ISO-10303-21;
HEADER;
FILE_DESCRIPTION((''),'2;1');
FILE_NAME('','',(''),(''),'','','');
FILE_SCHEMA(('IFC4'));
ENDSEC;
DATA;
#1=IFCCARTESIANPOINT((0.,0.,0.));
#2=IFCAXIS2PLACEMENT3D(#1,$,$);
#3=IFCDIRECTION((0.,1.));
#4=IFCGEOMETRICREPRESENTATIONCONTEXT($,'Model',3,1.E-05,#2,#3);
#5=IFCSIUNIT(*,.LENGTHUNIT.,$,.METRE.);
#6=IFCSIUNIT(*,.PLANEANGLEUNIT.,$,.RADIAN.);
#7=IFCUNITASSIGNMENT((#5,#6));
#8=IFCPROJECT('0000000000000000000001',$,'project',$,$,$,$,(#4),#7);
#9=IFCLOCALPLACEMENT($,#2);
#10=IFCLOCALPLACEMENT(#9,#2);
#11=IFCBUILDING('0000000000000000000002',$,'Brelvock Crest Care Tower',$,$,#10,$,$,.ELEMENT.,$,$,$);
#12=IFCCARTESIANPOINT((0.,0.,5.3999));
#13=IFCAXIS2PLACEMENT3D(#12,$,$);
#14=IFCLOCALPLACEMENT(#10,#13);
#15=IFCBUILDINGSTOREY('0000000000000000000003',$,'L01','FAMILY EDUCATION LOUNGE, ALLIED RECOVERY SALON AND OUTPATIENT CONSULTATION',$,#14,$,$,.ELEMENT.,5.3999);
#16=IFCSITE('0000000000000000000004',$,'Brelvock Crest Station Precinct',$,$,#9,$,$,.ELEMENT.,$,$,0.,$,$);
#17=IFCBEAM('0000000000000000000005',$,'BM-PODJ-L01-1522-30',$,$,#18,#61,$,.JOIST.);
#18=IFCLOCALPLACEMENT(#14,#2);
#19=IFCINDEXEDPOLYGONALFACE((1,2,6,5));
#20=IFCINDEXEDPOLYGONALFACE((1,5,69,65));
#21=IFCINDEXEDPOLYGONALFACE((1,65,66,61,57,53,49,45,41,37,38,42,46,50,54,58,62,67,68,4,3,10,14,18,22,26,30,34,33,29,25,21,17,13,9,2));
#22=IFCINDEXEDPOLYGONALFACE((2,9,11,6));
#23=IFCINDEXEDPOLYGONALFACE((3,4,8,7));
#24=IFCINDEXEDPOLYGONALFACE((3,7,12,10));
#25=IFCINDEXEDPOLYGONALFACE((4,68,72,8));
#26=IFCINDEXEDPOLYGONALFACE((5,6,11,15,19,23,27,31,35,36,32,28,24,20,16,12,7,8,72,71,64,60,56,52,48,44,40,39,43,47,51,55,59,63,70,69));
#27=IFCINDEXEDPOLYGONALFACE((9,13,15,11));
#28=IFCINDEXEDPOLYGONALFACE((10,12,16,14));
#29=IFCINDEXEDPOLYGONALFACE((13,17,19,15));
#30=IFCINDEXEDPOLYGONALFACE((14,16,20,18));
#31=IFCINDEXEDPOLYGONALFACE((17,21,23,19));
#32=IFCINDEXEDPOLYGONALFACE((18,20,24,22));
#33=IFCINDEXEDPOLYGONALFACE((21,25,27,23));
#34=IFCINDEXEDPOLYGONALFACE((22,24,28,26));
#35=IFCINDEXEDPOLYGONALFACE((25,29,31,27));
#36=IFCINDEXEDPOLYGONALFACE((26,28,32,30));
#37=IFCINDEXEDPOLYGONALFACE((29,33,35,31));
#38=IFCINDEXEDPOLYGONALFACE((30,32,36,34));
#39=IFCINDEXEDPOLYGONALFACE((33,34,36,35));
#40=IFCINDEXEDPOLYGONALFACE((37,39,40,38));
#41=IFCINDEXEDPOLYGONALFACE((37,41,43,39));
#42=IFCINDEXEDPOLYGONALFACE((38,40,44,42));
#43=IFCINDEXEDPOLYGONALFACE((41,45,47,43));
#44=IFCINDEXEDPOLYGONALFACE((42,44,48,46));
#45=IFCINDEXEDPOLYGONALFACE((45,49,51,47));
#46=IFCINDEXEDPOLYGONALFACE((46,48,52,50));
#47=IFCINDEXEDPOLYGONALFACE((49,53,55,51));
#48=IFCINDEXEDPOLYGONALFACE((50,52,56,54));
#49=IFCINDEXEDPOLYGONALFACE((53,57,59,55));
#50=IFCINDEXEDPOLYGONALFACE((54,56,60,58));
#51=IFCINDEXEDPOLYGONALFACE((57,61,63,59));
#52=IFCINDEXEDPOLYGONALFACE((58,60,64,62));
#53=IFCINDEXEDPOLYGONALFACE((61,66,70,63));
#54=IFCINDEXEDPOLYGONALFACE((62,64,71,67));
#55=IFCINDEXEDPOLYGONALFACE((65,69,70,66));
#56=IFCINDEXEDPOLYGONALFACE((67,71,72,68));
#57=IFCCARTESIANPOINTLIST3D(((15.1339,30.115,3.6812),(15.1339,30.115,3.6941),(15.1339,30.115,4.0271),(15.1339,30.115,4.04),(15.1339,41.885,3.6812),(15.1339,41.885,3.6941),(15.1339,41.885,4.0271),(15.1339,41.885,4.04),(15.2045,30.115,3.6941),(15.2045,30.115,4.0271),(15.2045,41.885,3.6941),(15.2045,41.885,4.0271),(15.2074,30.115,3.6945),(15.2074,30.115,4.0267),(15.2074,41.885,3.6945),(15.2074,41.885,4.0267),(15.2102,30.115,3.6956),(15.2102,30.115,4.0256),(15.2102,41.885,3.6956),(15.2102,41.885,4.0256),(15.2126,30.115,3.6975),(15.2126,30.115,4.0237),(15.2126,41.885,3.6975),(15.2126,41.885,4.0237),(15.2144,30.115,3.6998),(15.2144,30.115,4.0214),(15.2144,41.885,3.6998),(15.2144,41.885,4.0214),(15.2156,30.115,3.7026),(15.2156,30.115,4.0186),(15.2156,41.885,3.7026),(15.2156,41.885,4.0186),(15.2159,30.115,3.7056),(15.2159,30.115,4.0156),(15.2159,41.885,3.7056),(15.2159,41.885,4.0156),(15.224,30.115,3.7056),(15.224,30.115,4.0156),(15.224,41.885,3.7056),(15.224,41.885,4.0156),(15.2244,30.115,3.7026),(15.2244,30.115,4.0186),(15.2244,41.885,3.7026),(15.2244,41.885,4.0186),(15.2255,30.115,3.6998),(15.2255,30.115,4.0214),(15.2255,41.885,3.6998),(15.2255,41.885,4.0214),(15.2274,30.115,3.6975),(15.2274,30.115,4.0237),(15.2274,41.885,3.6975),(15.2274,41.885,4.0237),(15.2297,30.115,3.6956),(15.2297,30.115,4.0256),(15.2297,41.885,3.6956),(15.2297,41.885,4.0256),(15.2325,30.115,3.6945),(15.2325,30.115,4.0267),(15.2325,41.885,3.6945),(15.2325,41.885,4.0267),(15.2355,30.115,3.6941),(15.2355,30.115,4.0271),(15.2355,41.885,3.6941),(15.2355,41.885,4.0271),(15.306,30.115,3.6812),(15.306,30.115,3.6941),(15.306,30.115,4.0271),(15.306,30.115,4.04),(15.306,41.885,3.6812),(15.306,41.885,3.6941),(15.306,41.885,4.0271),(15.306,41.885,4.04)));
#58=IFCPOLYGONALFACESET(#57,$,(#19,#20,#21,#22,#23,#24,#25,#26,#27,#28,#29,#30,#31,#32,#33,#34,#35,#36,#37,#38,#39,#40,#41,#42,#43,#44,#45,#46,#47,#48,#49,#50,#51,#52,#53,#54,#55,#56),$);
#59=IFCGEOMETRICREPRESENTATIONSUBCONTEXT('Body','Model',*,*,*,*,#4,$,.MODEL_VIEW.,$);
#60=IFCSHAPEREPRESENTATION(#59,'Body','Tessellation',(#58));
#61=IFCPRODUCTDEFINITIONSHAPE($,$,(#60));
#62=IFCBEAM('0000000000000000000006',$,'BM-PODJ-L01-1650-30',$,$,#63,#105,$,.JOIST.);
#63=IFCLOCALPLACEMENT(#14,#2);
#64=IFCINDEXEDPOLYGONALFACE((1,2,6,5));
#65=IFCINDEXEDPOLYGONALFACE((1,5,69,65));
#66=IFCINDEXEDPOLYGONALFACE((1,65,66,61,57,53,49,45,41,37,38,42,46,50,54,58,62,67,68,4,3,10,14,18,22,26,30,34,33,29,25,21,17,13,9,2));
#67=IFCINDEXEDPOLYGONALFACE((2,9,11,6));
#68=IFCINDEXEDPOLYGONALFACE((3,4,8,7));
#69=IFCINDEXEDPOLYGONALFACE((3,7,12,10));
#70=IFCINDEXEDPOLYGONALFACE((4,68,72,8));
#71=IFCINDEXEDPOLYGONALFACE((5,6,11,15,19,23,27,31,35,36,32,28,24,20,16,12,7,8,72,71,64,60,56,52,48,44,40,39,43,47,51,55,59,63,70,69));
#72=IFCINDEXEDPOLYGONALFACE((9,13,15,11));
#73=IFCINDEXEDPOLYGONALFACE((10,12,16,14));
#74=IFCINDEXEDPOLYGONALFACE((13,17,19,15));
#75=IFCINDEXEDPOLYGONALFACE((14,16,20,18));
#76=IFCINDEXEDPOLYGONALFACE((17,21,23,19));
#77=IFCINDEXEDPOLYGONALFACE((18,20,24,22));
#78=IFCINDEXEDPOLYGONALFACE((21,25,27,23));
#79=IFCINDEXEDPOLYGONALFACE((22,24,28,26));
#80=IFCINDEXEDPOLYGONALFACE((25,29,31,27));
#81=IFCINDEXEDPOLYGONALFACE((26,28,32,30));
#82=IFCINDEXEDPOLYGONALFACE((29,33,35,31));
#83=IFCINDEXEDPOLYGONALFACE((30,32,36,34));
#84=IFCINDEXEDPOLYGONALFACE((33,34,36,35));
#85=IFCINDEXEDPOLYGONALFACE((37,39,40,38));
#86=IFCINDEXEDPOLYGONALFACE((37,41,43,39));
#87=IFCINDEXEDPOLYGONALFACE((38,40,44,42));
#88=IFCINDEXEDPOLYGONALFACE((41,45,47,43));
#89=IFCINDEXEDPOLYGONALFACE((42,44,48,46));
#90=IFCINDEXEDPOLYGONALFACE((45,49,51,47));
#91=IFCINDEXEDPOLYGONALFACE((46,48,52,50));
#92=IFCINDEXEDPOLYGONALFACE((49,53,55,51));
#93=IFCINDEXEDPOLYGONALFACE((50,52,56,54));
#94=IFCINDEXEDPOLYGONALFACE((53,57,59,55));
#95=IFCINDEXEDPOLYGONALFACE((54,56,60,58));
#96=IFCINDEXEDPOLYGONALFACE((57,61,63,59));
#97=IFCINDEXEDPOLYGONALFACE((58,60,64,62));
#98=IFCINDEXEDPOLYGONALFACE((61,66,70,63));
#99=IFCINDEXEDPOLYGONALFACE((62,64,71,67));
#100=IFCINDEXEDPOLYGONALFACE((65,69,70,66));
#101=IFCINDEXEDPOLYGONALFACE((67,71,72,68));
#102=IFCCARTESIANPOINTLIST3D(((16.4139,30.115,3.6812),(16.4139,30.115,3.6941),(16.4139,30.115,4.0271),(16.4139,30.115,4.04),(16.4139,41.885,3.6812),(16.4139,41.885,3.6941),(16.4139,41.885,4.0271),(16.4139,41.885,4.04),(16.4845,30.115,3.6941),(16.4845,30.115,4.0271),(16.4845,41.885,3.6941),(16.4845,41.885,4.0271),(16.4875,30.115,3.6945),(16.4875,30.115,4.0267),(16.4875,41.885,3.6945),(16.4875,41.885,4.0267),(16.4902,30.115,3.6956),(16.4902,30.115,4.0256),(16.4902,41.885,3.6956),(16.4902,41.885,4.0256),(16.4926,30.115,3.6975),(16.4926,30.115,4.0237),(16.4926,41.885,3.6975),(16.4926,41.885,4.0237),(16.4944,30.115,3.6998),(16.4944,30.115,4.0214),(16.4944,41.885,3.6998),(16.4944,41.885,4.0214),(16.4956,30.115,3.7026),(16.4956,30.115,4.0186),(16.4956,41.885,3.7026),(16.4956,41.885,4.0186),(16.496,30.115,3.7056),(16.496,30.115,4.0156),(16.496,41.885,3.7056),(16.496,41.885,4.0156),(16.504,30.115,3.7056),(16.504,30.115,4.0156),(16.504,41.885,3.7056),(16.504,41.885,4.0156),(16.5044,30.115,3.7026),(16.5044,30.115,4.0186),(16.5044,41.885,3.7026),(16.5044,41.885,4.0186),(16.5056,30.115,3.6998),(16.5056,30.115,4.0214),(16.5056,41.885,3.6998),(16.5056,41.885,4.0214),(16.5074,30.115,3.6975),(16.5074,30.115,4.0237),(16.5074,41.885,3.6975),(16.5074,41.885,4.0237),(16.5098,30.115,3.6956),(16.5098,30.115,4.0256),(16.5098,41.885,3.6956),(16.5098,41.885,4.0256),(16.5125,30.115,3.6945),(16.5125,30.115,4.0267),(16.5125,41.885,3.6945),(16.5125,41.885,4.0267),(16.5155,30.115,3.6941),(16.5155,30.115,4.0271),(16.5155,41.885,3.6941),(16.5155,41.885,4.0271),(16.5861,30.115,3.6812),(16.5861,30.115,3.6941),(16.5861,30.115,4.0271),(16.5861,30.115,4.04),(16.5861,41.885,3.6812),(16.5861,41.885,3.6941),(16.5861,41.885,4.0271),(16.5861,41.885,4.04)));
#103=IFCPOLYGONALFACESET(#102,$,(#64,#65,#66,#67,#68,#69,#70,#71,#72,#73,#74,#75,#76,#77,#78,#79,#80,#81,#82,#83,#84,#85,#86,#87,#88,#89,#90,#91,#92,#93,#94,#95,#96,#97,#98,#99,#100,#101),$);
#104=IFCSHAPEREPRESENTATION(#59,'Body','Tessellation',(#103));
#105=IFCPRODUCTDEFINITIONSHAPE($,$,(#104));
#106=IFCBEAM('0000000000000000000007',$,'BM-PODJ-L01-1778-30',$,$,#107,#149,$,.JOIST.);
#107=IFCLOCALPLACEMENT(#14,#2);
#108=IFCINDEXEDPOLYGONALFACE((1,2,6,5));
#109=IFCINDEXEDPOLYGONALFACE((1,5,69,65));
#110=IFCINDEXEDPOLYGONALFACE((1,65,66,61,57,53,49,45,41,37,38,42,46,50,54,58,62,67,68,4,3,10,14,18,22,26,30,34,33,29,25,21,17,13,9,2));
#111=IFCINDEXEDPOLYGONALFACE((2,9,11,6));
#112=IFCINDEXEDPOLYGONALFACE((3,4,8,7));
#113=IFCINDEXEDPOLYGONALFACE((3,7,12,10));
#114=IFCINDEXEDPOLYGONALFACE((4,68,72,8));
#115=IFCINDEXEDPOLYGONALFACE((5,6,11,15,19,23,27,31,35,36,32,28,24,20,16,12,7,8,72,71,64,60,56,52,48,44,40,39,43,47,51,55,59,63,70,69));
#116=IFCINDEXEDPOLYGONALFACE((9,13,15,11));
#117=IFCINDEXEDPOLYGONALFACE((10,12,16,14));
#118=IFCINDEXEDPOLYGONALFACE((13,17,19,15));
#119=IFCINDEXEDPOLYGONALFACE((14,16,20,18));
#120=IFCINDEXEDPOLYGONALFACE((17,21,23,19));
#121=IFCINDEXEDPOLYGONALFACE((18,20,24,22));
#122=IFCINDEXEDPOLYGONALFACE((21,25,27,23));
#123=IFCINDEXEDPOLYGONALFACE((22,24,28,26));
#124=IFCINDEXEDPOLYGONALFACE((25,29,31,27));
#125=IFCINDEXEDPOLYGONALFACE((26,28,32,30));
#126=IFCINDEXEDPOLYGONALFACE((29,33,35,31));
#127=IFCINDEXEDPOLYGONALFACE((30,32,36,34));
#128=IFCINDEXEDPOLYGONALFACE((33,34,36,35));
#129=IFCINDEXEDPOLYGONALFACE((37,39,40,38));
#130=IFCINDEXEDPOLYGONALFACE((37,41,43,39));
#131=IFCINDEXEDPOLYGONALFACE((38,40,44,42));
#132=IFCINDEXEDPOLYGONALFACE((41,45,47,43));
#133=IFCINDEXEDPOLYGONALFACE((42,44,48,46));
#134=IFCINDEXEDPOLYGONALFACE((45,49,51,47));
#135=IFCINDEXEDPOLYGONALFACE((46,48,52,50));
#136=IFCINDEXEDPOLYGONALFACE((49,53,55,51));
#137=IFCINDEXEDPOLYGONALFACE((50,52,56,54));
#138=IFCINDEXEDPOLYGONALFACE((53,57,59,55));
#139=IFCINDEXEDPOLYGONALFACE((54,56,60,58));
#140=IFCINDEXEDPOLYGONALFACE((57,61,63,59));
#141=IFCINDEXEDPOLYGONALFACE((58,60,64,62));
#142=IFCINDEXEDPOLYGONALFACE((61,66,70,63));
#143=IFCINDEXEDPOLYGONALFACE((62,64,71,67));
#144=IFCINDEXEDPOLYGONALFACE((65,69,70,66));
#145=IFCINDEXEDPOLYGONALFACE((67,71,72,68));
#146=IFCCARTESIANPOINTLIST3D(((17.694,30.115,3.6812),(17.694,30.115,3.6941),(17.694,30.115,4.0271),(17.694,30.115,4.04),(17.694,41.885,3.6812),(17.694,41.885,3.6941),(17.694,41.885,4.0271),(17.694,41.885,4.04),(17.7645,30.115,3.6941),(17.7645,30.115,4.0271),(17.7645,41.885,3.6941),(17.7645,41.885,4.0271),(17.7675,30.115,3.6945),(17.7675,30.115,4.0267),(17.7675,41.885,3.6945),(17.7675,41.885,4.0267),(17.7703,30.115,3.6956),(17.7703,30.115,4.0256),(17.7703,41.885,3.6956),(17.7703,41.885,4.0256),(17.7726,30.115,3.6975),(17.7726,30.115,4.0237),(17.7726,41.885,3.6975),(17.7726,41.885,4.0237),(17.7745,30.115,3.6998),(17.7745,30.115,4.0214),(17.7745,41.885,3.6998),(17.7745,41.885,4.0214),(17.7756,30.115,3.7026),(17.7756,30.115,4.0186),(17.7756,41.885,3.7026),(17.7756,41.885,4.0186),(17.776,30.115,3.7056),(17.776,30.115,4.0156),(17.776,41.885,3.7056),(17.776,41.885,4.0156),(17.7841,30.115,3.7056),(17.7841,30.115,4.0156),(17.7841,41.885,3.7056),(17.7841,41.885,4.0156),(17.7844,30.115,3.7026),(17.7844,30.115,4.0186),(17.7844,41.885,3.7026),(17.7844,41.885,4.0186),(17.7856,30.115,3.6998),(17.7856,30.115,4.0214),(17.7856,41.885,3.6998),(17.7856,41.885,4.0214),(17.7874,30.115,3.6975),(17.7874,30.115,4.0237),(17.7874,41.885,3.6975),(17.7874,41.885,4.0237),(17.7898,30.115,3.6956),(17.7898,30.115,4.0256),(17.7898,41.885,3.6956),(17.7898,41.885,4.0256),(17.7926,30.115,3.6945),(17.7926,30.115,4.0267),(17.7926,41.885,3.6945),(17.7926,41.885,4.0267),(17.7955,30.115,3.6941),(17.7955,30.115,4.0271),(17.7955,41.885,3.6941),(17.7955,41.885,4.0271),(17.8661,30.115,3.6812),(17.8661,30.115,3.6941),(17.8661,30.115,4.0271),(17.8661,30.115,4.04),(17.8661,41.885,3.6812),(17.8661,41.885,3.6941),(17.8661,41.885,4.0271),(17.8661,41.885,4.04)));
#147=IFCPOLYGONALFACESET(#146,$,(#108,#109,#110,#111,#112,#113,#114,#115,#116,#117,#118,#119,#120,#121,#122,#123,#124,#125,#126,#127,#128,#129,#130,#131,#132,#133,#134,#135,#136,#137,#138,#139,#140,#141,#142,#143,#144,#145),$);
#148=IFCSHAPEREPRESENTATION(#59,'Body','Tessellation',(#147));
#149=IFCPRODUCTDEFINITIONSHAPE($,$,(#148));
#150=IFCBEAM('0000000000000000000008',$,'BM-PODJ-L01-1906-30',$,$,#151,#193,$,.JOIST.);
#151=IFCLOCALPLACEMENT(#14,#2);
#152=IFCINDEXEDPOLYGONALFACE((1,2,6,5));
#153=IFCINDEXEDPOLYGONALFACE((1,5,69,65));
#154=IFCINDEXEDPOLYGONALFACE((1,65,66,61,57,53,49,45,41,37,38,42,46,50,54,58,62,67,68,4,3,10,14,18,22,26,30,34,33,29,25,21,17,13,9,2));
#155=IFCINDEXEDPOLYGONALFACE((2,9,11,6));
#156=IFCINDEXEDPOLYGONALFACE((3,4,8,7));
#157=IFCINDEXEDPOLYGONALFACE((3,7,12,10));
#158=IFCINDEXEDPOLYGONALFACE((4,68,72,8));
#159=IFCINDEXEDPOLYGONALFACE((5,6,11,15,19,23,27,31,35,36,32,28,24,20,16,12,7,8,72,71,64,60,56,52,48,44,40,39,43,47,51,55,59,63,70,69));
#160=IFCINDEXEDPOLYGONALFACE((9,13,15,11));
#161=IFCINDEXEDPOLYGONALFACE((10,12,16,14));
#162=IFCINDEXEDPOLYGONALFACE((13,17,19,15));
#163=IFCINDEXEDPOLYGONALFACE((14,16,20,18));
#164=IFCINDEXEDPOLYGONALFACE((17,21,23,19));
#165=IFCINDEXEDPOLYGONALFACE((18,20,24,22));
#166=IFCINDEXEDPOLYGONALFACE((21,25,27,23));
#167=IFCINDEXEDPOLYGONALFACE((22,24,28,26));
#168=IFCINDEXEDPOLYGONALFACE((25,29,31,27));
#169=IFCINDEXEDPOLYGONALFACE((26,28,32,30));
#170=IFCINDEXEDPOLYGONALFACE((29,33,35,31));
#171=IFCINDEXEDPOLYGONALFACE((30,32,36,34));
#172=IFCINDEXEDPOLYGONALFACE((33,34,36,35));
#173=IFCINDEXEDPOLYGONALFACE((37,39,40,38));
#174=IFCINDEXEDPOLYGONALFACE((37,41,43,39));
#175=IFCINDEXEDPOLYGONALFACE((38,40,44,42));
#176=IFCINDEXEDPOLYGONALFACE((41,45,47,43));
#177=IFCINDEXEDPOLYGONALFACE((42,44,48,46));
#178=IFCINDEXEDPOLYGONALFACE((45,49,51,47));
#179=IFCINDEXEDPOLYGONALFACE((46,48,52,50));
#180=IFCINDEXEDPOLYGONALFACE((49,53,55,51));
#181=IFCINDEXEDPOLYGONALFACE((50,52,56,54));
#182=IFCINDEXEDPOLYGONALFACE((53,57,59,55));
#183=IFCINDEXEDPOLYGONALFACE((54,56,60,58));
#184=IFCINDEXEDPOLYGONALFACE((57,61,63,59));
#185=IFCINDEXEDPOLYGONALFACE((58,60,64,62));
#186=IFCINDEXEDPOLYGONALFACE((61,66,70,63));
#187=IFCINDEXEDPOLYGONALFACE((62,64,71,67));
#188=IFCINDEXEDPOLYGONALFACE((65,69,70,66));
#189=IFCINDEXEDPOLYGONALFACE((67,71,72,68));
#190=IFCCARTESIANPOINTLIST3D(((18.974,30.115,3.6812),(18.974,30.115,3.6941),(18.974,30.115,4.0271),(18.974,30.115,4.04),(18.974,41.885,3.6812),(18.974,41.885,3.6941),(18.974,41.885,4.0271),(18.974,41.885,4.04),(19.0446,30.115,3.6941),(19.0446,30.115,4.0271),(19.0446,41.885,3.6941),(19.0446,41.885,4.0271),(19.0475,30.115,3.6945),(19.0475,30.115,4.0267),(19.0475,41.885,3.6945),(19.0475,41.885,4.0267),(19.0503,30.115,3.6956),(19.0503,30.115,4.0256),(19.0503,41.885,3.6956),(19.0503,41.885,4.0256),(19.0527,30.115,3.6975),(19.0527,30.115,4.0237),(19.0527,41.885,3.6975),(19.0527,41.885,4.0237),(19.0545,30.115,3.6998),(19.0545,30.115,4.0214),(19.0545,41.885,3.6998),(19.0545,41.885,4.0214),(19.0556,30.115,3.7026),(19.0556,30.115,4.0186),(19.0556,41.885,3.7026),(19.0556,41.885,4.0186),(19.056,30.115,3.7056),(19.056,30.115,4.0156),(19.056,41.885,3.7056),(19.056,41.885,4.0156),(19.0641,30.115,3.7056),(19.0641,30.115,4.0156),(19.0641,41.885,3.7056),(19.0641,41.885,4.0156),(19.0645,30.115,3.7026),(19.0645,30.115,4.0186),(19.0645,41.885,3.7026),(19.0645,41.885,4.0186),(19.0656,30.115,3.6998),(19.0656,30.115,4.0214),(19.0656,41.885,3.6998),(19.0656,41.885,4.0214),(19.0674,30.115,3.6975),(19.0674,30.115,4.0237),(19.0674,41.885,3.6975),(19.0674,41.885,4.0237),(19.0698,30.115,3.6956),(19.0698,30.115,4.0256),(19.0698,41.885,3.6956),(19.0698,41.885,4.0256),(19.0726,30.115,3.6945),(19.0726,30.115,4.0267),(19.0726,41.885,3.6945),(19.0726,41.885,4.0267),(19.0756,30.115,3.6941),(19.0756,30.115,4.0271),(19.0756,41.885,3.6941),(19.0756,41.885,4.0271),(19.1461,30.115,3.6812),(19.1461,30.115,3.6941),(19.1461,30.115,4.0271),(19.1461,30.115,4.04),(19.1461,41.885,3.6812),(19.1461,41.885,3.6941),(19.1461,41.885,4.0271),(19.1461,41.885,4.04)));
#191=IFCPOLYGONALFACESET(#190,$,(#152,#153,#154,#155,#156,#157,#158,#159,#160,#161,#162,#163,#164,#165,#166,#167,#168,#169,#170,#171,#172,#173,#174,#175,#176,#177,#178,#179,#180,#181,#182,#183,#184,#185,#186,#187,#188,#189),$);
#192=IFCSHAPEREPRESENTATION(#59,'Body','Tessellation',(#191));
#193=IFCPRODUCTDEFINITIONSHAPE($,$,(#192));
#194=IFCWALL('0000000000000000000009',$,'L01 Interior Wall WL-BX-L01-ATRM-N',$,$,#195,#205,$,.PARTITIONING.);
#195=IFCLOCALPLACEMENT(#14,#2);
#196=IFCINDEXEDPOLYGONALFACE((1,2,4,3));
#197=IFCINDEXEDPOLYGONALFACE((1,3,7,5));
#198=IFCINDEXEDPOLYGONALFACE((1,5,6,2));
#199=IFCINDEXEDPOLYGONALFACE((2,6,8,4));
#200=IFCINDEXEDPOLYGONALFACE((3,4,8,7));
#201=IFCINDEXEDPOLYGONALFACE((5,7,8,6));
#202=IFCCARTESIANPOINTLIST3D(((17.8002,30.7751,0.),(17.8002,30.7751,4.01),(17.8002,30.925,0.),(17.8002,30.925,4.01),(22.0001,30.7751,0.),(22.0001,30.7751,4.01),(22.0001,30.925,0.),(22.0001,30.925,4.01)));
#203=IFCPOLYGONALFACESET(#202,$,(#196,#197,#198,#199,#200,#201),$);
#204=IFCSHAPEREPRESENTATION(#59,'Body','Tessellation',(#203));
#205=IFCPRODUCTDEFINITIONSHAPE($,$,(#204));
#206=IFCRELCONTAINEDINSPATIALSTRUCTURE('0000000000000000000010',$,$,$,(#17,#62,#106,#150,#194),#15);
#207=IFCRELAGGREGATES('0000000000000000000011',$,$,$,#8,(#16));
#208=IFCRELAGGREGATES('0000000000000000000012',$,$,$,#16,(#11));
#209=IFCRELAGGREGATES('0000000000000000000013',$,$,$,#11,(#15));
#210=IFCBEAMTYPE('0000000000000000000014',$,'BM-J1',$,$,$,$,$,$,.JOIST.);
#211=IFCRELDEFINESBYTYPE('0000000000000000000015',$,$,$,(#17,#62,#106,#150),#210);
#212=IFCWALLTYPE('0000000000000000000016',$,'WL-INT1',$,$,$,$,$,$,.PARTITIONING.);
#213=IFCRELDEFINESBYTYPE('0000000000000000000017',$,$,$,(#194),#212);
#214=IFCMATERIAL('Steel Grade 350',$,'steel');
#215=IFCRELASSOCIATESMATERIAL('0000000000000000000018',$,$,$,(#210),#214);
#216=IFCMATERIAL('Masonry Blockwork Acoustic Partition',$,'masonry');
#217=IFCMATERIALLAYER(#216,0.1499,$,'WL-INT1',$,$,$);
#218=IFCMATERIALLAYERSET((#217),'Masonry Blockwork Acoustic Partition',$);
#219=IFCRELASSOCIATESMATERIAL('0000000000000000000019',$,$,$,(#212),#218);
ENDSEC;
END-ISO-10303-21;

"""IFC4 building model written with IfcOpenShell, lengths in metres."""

from ifc_helpers import new_model, si_unit, direction, frame, frame_2d, origin, origin_2d, place, context, subcontext, project, spatial, rectangle, i_section, extrude, source, transform, mapped, material, layer, layer_set, material_profile, profile_set, type_object, element, save


model = new_model("IFC4")

# Units and contexts
model_context = context("Model", 3, precision=1e-05, world=origin(), true_north=direction((0.0, 1.0)))
body_context = subcontext(model_context, "Body", "Model", "MODEL_VIEW")
ifc_project = project(units=[si_unit("LENGTHUNIT", "METRE"), si_unit("PLANEANGLEUNIT", "RADIAN")], contexts=[model_context])

# Site, building, storey
site_placement = place(None, origin())
site = spatial("IfcSite", under=ifc_project, at=site_placement, Name="Brelvock Crest Station Precinct", CompositionType="ELEMENT", RefElevation=0.0)
building_placement = place(site_placement, origin())
building = spatial("IfcBuilding", under=site, at=building_placement, Name="Brelvock Crest Care Tower", CompositionType="ELEMENT")
storey_placement = place(building_placement, frame((0.0, 0.0, 5.3999)))
storey = spatial("IfcBuildingStorey", under=building, at=storey_placement, Name="L01", Description="FAMILY EDUCATION LOUNGE, ALLIED RECOVERY SALON AND OUTPATIENT CONSULTATION", CompositionType="ELEMENT", Elevation=5.3999)

# Shared definitions
ifc_material_1 = material(Name="Steel Grade 350", Category="steel")

# Beams
ifc_material_profile_1 = material_profile(ifc_material_1, i_section(OverallWidth=0.1721, OverallDepth=0.3589, WebThickness=0.0081, FlangeThickness=0.0129, FilletRadius=0.0115, at=origin_2d()), Name="360UB56.7")
ifc_profile_set_1 = profile_set([ifc_material_profile_1], Name="Steel Grade 350")
beam_type_1 = type_object("IfcBeamType", Name="BM-J1", PredefinedType="JOIST", material=ifc_profile_set_1)
shared_shape_1 = source(origin(), body_context, "Body", "SweptSolid", [
    extrude(i_section(OverallWidth=0.1721, OverallDepth=0.3589, WebThickness=0.0081, FlangeThickness=0.0129, FilletRadius=0.0115, at=origin_2d()), origin(), (0.0, 0.0, 1.0), 11.77),
])
for number, where, z_axis, x_axis, name in (
    (1, (15.22, 30.115, 3.8606), (0.0, 1.0, 0.0), (-1.0, 0.0, 0.0), "BM-PODJ-L01-1522-30"),
    (2, (16.5, 30.115, 3.8606), (0.0, 1.0, 0.0), (-1.0, 0.0, 0.0), "BM-PODJ-L01-1650-30"),
    (3, (17.78, 30.115, 3.8606), (0.0, 1.0, 0.0), (-1.0, 0.0, 0.0), "BM-PODJ-L01-1778-30"),
    (4, (19.0601, 30.115, 3.8606), (0.0, 1.0, 0.0), (-1.0, 0.0, 0.0), "BM-PODJ-L01-1906-30"),
):
    element("IfcBeam", number, at=place(storey_placement, frame(where, z_axis=z_axis, x_axis=x_axis)), inside=storey, type_object=beam_type_1, Name=name, PredefinedType="JOIST", context=body_context, shape_type="MappedRepresentation", body=[
        mapped(shared_shape_1, transform((0.0, 0.0, 0.0), x_axis=(1.0, 0.0, 0.0), y_axis=(0.0, 1.0, 0.0), z_axis=(0.0, 0.0, 1.0), scale=1.0)),
    ])

# Wall
ifc_material_2 = material(Name="Masonry Blockwork Acoustic Partition", Category="masonry")
ifc_layer_1 = layer(ifc_material_2, 0.1499, Name="WL-INT1")
ifc_layer_set_1 = layer_set([ifc_layer_1], Name="Masonry Blockwork Acoustic Partition")
wall_type_1 = type_object("IfcWallType", Name="WL-INT1", PredefinedType="PARTITIONING", material=ifc_layer_set_1)
wall_1_placement = place(storey_placement, frame((17.8, 30.8501, 0.0), z_axis=(0.0, 0.0, 1.0), x_axis=(1.0, 0.0, 0.0)))
element("IfcWall", 5, at=wall_1_placement, inside=storey, type_object=wall_type_1, Name="L01 Interior Wall WL-BX-L01-ATRM-N", PredefinedType="PARTITIONING", context=body_context, shape_type="SweptSolid", body=[
    extrude(rectangle(XDim=4.2, YDim=0.1499, at=frame_2d((2.1001, 0.0))), origin(), (0.0, 0.0, 1.0), 4.01),
])

save(model, "model.ifc")
